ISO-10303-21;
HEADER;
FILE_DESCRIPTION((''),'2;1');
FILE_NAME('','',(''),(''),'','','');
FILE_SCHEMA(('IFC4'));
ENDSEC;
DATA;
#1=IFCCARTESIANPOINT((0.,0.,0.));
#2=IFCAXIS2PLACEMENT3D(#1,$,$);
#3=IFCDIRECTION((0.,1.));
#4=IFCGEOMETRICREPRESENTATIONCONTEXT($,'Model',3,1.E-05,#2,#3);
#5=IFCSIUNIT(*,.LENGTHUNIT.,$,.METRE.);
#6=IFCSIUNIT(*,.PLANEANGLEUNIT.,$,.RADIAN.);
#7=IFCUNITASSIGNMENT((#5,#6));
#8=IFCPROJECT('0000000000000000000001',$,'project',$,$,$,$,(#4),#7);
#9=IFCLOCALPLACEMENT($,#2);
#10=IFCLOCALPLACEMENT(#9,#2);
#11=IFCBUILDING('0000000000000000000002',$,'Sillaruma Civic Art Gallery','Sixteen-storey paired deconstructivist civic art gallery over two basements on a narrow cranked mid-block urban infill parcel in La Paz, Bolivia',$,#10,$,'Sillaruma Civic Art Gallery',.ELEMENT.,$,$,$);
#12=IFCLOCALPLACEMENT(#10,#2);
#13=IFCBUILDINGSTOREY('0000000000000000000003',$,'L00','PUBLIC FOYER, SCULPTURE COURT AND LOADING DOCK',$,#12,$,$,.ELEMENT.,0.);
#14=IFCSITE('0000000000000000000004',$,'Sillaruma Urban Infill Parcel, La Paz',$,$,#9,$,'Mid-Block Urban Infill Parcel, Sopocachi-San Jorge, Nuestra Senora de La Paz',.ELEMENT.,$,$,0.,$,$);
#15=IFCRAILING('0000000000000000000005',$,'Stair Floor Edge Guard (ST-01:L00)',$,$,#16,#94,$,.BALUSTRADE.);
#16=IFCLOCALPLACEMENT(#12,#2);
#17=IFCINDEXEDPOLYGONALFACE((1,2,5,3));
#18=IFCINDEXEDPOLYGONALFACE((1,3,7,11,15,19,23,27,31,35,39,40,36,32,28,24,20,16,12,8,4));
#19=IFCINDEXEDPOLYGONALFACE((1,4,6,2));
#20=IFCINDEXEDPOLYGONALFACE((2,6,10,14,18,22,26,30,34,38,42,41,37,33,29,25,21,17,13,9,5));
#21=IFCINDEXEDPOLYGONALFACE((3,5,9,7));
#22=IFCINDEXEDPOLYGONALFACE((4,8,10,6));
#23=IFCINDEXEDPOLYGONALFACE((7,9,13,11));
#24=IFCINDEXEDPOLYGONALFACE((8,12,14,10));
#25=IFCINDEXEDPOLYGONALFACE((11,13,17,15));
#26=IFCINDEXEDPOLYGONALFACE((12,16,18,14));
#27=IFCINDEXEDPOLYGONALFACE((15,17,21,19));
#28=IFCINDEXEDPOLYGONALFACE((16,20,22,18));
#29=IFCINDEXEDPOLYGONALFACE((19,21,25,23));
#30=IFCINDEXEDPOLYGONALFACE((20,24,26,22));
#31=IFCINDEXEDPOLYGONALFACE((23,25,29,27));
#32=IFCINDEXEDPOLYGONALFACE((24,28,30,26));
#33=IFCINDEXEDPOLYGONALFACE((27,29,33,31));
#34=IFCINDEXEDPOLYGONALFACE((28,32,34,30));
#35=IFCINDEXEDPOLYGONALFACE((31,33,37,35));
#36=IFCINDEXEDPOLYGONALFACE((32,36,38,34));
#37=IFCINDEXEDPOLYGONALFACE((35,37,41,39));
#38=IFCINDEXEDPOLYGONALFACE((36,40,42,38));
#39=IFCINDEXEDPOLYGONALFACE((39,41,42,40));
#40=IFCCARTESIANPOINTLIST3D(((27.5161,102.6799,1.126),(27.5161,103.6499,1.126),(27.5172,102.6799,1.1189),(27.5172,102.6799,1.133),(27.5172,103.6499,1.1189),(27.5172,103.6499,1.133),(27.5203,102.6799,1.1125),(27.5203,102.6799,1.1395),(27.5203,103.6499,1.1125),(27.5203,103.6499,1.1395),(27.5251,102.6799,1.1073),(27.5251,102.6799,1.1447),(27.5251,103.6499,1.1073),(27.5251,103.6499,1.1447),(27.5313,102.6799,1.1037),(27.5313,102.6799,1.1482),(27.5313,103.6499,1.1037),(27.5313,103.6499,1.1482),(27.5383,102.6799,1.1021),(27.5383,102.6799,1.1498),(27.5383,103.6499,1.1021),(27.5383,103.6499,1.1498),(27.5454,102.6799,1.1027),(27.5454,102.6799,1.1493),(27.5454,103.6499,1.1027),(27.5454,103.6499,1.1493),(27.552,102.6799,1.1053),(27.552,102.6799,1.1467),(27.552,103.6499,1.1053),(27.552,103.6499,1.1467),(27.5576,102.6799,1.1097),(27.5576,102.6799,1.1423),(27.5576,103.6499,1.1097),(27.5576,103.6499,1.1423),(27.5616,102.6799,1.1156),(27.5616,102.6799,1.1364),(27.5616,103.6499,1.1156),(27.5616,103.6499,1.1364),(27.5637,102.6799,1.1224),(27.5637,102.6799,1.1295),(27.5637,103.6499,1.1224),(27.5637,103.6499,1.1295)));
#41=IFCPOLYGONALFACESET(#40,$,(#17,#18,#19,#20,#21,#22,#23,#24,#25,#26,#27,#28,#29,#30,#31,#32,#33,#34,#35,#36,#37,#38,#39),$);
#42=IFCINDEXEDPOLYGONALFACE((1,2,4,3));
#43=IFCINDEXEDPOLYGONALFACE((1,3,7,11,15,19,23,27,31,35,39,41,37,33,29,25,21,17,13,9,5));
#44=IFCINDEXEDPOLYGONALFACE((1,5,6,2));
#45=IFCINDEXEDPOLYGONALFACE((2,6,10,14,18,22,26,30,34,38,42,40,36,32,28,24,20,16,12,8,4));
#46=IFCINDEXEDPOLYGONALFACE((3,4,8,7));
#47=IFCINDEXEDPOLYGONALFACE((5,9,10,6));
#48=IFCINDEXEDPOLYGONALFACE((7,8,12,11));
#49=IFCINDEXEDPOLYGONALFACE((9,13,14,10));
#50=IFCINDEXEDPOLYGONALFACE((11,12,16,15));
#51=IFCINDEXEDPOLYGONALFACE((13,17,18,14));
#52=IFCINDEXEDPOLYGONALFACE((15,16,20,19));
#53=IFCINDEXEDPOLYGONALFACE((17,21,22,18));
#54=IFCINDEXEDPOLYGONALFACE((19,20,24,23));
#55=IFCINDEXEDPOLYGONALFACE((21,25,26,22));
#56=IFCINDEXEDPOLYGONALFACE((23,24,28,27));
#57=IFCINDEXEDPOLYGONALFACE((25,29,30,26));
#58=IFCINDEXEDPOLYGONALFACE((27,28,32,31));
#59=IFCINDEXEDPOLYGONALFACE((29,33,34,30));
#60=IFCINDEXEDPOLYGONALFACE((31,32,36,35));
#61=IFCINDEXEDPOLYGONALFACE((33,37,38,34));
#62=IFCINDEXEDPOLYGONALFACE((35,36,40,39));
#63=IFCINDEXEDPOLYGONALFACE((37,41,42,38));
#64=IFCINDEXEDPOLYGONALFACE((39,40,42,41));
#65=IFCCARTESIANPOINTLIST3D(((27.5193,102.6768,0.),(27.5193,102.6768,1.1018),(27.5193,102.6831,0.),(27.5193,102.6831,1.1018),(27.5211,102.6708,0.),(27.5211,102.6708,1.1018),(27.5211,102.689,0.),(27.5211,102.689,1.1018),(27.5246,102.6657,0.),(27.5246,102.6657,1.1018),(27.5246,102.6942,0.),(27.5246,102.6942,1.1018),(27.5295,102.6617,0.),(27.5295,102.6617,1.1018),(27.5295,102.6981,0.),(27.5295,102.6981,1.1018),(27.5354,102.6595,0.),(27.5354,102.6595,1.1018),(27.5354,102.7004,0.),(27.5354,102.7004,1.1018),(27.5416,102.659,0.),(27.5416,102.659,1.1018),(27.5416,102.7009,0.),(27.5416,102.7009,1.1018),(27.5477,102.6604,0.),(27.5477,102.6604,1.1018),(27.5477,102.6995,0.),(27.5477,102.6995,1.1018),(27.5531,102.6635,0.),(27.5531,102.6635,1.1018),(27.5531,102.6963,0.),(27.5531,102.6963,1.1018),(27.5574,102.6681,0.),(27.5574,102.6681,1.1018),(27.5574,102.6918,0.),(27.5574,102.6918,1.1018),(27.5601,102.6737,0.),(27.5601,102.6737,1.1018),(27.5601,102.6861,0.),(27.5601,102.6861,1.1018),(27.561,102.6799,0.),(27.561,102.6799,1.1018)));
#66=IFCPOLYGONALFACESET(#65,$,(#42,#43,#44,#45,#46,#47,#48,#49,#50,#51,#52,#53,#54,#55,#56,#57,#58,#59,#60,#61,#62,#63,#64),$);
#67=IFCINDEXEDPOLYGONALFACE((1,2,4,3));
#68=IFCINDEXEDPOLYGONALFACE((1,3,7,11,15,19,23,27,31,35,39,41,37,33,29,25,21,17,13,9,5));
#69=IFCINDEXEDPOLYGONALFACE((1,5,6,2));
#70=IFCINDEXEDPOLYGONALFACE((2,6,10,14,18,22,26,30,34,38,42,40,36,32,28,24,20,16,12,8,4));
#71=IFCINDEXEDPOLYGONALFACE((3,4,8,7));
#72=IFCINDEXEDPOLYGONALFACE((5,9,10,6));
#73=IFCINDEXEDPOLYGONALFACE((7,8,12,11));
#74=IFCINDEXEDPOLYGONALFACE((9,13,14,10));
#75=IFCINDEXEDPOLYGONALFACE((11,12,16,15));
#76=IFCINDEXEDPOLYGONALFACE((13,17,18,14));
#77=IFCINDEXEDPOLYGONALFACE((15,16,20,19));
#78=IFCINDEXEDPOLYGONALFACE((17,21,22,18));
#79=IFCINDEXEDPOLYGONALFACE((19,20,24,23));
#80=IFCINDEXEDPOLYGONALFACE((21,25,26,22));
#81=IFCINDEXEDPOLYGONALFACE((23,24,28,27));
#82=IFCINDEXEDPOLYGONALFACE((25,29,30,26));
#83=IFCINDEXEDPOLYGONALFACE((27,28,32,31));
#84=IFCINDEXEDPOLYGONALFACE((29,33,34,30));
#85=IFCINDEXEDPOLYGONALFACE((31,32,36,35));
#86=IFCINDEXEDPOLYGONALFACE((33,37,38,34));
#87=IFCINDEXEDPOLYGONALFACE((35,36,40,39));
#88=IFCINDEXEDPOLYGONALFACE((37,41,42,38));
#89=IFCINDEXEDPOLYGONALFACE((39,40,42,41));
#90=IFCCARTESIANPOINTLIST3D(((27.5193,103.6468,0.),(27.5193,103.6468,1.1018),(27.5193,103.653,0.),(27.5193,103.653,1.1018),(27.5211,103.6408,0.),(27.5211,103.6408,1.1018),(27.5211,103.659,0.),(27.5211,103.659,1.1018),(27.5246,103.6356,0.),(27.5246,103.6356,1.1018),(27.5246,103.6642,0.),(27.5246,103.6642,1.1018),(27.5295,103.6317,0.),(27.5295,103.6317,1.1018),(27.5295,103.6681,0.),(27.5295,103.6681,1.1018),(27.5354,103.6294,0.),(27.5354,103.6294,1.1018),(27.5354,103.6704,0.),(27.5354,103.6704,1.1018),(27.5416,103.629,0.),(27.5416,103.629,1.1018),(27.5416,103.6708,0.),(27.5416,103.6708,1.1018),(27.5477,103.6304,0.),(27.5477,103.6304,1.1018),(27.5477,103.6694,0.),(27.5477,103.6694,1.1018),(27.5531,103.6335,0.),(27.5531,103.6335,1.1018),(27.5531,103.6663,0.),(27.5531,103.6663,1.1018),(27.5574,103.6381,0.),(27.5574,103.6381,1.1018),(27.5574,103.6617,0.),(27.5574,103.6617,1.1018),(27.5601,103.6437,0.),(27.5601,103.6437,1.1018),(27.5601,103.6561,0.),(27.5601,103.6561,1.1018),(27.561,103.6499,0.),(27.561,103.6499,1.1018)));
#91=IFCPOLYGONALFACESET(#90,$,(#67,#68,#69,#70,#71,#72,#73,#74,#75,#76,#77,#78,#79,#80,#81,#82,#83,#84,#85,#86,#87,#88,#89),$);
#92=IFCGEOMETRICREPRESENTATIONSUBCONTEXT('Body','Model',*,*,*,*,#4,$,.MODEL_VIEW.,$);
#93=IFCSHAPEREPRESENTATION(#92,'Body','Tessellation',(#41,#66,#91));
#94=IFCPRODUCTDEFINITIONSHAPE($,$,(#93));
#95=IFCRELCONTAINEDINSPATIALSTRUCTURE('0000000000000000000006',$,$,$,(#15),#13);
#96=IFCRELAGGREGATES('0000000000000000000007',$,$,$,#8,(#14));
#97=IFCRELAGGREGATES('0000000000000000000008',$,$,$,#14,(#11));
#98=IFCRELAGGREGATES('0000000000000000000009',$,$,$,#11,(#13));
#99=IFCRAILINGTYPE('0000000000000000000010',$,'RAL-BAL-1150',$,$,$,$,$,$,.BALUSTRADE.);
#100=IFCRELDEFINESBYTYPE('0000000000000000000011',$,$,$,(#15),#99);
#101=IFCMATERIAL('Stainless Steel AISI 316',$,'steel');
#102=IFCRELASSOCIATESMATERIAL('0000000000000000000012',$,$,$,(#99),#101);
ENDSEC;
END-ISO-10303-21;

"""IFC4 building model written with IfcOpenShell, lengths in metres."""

from ifc_helpers import new_model, si_unit, direction, frame, origin, origin_2d, place, context, subcontext, project, spatial, circle, extrude, material, type_object, element, save


model = new_model("IFC4")

# Units and contexts
model_context = context("Model", 3, precision=1e-05, world=origin(), true_north=direction((0.0, 1.0)))
body_context = subcontext(model_context, "Body", "Model", "MODEL_VIEW")
ifc_project = project(units=[si_unit("LENGTHUNIT", "METRE"), si_unit("PLANEANGLEUNIT", "RADIAN")], contexts=[model_context])

# Site, building, storey
site_placement = place(None, origin())
site = spatial("IfcSite", under=ifc_project, at=site_placement, Name="Sillaruma Urban Infill Parcel, La Paz", LongName="Mid-Block Urban Infill Parcel, Sopocachi-San Jorge, Nuestra Senora de La Paz", CompositionType="ELEMENT", RefElevation=0.0)
building_placement = place(site_placement, origin())
building = spatial("IfcBuilding", under=site, at=building_placement, Name="Sillaruma Civic Art Gallery", Description="Sixteen-storey paired deconstructivist civic art gallery over two basements on a narrow cranked mid-block urban infill parcel in La Paz, Bolivia", LongName="Sillaruma Civic Art Gallery", CompositionType="ELEMENT")
storey_placement = place(building_placement, origin())
storey = spatial("IfcBuildingStorey", under=building, at=storey_placement, Name="L00", Description="PUBLIC FOYER, SCULPTURE COURT AND LOADING DOCK", CompositionType="ELEMENT", Elevation=0.0)

# Railing
ifc_material_1 = material(Name="Stainless Steel AISI 316", Category="steel")
railing_type_1 = type_object("IfcRailingType", Name="RAL-BAL-1150", PredefinedType="BALUSTRADE", material=ifc_material_1)
railing_1_placement = place(storey_placement, frame((27.54, 102.6799, 0.0)))
element("IfcRailing", 1, at=railing_1_placement, inside=storey, type_object=railing_type_1, Name="Stair Floor Edge Guard (ST-01:L00)", PredefinedType="BALUSTRADE", context=body_context, shape_type="SweptSolid", body=[
    extrude(circle(Radius=0.0239, at=origin_2d()), frame((0.0, 0.0, 1.126), z_axis=(0.0, 1.0, 0.0), x_axis=(-1.0, 0.0, 0.0)), (0.0, 0.0, 1.0), 0.97),
    extrude(circle(Radius=0.021, at=origin_2d()), origin(), (0.0, 0.0, 1.0), 1.1018),
    extrude(circle(Radius=0.021, at=origin_2d()), frame((0.0, 0.97, 0.0)), (0.0, 0.0, 1.0), 1.1018),
])

save(model, "model.ifc")
